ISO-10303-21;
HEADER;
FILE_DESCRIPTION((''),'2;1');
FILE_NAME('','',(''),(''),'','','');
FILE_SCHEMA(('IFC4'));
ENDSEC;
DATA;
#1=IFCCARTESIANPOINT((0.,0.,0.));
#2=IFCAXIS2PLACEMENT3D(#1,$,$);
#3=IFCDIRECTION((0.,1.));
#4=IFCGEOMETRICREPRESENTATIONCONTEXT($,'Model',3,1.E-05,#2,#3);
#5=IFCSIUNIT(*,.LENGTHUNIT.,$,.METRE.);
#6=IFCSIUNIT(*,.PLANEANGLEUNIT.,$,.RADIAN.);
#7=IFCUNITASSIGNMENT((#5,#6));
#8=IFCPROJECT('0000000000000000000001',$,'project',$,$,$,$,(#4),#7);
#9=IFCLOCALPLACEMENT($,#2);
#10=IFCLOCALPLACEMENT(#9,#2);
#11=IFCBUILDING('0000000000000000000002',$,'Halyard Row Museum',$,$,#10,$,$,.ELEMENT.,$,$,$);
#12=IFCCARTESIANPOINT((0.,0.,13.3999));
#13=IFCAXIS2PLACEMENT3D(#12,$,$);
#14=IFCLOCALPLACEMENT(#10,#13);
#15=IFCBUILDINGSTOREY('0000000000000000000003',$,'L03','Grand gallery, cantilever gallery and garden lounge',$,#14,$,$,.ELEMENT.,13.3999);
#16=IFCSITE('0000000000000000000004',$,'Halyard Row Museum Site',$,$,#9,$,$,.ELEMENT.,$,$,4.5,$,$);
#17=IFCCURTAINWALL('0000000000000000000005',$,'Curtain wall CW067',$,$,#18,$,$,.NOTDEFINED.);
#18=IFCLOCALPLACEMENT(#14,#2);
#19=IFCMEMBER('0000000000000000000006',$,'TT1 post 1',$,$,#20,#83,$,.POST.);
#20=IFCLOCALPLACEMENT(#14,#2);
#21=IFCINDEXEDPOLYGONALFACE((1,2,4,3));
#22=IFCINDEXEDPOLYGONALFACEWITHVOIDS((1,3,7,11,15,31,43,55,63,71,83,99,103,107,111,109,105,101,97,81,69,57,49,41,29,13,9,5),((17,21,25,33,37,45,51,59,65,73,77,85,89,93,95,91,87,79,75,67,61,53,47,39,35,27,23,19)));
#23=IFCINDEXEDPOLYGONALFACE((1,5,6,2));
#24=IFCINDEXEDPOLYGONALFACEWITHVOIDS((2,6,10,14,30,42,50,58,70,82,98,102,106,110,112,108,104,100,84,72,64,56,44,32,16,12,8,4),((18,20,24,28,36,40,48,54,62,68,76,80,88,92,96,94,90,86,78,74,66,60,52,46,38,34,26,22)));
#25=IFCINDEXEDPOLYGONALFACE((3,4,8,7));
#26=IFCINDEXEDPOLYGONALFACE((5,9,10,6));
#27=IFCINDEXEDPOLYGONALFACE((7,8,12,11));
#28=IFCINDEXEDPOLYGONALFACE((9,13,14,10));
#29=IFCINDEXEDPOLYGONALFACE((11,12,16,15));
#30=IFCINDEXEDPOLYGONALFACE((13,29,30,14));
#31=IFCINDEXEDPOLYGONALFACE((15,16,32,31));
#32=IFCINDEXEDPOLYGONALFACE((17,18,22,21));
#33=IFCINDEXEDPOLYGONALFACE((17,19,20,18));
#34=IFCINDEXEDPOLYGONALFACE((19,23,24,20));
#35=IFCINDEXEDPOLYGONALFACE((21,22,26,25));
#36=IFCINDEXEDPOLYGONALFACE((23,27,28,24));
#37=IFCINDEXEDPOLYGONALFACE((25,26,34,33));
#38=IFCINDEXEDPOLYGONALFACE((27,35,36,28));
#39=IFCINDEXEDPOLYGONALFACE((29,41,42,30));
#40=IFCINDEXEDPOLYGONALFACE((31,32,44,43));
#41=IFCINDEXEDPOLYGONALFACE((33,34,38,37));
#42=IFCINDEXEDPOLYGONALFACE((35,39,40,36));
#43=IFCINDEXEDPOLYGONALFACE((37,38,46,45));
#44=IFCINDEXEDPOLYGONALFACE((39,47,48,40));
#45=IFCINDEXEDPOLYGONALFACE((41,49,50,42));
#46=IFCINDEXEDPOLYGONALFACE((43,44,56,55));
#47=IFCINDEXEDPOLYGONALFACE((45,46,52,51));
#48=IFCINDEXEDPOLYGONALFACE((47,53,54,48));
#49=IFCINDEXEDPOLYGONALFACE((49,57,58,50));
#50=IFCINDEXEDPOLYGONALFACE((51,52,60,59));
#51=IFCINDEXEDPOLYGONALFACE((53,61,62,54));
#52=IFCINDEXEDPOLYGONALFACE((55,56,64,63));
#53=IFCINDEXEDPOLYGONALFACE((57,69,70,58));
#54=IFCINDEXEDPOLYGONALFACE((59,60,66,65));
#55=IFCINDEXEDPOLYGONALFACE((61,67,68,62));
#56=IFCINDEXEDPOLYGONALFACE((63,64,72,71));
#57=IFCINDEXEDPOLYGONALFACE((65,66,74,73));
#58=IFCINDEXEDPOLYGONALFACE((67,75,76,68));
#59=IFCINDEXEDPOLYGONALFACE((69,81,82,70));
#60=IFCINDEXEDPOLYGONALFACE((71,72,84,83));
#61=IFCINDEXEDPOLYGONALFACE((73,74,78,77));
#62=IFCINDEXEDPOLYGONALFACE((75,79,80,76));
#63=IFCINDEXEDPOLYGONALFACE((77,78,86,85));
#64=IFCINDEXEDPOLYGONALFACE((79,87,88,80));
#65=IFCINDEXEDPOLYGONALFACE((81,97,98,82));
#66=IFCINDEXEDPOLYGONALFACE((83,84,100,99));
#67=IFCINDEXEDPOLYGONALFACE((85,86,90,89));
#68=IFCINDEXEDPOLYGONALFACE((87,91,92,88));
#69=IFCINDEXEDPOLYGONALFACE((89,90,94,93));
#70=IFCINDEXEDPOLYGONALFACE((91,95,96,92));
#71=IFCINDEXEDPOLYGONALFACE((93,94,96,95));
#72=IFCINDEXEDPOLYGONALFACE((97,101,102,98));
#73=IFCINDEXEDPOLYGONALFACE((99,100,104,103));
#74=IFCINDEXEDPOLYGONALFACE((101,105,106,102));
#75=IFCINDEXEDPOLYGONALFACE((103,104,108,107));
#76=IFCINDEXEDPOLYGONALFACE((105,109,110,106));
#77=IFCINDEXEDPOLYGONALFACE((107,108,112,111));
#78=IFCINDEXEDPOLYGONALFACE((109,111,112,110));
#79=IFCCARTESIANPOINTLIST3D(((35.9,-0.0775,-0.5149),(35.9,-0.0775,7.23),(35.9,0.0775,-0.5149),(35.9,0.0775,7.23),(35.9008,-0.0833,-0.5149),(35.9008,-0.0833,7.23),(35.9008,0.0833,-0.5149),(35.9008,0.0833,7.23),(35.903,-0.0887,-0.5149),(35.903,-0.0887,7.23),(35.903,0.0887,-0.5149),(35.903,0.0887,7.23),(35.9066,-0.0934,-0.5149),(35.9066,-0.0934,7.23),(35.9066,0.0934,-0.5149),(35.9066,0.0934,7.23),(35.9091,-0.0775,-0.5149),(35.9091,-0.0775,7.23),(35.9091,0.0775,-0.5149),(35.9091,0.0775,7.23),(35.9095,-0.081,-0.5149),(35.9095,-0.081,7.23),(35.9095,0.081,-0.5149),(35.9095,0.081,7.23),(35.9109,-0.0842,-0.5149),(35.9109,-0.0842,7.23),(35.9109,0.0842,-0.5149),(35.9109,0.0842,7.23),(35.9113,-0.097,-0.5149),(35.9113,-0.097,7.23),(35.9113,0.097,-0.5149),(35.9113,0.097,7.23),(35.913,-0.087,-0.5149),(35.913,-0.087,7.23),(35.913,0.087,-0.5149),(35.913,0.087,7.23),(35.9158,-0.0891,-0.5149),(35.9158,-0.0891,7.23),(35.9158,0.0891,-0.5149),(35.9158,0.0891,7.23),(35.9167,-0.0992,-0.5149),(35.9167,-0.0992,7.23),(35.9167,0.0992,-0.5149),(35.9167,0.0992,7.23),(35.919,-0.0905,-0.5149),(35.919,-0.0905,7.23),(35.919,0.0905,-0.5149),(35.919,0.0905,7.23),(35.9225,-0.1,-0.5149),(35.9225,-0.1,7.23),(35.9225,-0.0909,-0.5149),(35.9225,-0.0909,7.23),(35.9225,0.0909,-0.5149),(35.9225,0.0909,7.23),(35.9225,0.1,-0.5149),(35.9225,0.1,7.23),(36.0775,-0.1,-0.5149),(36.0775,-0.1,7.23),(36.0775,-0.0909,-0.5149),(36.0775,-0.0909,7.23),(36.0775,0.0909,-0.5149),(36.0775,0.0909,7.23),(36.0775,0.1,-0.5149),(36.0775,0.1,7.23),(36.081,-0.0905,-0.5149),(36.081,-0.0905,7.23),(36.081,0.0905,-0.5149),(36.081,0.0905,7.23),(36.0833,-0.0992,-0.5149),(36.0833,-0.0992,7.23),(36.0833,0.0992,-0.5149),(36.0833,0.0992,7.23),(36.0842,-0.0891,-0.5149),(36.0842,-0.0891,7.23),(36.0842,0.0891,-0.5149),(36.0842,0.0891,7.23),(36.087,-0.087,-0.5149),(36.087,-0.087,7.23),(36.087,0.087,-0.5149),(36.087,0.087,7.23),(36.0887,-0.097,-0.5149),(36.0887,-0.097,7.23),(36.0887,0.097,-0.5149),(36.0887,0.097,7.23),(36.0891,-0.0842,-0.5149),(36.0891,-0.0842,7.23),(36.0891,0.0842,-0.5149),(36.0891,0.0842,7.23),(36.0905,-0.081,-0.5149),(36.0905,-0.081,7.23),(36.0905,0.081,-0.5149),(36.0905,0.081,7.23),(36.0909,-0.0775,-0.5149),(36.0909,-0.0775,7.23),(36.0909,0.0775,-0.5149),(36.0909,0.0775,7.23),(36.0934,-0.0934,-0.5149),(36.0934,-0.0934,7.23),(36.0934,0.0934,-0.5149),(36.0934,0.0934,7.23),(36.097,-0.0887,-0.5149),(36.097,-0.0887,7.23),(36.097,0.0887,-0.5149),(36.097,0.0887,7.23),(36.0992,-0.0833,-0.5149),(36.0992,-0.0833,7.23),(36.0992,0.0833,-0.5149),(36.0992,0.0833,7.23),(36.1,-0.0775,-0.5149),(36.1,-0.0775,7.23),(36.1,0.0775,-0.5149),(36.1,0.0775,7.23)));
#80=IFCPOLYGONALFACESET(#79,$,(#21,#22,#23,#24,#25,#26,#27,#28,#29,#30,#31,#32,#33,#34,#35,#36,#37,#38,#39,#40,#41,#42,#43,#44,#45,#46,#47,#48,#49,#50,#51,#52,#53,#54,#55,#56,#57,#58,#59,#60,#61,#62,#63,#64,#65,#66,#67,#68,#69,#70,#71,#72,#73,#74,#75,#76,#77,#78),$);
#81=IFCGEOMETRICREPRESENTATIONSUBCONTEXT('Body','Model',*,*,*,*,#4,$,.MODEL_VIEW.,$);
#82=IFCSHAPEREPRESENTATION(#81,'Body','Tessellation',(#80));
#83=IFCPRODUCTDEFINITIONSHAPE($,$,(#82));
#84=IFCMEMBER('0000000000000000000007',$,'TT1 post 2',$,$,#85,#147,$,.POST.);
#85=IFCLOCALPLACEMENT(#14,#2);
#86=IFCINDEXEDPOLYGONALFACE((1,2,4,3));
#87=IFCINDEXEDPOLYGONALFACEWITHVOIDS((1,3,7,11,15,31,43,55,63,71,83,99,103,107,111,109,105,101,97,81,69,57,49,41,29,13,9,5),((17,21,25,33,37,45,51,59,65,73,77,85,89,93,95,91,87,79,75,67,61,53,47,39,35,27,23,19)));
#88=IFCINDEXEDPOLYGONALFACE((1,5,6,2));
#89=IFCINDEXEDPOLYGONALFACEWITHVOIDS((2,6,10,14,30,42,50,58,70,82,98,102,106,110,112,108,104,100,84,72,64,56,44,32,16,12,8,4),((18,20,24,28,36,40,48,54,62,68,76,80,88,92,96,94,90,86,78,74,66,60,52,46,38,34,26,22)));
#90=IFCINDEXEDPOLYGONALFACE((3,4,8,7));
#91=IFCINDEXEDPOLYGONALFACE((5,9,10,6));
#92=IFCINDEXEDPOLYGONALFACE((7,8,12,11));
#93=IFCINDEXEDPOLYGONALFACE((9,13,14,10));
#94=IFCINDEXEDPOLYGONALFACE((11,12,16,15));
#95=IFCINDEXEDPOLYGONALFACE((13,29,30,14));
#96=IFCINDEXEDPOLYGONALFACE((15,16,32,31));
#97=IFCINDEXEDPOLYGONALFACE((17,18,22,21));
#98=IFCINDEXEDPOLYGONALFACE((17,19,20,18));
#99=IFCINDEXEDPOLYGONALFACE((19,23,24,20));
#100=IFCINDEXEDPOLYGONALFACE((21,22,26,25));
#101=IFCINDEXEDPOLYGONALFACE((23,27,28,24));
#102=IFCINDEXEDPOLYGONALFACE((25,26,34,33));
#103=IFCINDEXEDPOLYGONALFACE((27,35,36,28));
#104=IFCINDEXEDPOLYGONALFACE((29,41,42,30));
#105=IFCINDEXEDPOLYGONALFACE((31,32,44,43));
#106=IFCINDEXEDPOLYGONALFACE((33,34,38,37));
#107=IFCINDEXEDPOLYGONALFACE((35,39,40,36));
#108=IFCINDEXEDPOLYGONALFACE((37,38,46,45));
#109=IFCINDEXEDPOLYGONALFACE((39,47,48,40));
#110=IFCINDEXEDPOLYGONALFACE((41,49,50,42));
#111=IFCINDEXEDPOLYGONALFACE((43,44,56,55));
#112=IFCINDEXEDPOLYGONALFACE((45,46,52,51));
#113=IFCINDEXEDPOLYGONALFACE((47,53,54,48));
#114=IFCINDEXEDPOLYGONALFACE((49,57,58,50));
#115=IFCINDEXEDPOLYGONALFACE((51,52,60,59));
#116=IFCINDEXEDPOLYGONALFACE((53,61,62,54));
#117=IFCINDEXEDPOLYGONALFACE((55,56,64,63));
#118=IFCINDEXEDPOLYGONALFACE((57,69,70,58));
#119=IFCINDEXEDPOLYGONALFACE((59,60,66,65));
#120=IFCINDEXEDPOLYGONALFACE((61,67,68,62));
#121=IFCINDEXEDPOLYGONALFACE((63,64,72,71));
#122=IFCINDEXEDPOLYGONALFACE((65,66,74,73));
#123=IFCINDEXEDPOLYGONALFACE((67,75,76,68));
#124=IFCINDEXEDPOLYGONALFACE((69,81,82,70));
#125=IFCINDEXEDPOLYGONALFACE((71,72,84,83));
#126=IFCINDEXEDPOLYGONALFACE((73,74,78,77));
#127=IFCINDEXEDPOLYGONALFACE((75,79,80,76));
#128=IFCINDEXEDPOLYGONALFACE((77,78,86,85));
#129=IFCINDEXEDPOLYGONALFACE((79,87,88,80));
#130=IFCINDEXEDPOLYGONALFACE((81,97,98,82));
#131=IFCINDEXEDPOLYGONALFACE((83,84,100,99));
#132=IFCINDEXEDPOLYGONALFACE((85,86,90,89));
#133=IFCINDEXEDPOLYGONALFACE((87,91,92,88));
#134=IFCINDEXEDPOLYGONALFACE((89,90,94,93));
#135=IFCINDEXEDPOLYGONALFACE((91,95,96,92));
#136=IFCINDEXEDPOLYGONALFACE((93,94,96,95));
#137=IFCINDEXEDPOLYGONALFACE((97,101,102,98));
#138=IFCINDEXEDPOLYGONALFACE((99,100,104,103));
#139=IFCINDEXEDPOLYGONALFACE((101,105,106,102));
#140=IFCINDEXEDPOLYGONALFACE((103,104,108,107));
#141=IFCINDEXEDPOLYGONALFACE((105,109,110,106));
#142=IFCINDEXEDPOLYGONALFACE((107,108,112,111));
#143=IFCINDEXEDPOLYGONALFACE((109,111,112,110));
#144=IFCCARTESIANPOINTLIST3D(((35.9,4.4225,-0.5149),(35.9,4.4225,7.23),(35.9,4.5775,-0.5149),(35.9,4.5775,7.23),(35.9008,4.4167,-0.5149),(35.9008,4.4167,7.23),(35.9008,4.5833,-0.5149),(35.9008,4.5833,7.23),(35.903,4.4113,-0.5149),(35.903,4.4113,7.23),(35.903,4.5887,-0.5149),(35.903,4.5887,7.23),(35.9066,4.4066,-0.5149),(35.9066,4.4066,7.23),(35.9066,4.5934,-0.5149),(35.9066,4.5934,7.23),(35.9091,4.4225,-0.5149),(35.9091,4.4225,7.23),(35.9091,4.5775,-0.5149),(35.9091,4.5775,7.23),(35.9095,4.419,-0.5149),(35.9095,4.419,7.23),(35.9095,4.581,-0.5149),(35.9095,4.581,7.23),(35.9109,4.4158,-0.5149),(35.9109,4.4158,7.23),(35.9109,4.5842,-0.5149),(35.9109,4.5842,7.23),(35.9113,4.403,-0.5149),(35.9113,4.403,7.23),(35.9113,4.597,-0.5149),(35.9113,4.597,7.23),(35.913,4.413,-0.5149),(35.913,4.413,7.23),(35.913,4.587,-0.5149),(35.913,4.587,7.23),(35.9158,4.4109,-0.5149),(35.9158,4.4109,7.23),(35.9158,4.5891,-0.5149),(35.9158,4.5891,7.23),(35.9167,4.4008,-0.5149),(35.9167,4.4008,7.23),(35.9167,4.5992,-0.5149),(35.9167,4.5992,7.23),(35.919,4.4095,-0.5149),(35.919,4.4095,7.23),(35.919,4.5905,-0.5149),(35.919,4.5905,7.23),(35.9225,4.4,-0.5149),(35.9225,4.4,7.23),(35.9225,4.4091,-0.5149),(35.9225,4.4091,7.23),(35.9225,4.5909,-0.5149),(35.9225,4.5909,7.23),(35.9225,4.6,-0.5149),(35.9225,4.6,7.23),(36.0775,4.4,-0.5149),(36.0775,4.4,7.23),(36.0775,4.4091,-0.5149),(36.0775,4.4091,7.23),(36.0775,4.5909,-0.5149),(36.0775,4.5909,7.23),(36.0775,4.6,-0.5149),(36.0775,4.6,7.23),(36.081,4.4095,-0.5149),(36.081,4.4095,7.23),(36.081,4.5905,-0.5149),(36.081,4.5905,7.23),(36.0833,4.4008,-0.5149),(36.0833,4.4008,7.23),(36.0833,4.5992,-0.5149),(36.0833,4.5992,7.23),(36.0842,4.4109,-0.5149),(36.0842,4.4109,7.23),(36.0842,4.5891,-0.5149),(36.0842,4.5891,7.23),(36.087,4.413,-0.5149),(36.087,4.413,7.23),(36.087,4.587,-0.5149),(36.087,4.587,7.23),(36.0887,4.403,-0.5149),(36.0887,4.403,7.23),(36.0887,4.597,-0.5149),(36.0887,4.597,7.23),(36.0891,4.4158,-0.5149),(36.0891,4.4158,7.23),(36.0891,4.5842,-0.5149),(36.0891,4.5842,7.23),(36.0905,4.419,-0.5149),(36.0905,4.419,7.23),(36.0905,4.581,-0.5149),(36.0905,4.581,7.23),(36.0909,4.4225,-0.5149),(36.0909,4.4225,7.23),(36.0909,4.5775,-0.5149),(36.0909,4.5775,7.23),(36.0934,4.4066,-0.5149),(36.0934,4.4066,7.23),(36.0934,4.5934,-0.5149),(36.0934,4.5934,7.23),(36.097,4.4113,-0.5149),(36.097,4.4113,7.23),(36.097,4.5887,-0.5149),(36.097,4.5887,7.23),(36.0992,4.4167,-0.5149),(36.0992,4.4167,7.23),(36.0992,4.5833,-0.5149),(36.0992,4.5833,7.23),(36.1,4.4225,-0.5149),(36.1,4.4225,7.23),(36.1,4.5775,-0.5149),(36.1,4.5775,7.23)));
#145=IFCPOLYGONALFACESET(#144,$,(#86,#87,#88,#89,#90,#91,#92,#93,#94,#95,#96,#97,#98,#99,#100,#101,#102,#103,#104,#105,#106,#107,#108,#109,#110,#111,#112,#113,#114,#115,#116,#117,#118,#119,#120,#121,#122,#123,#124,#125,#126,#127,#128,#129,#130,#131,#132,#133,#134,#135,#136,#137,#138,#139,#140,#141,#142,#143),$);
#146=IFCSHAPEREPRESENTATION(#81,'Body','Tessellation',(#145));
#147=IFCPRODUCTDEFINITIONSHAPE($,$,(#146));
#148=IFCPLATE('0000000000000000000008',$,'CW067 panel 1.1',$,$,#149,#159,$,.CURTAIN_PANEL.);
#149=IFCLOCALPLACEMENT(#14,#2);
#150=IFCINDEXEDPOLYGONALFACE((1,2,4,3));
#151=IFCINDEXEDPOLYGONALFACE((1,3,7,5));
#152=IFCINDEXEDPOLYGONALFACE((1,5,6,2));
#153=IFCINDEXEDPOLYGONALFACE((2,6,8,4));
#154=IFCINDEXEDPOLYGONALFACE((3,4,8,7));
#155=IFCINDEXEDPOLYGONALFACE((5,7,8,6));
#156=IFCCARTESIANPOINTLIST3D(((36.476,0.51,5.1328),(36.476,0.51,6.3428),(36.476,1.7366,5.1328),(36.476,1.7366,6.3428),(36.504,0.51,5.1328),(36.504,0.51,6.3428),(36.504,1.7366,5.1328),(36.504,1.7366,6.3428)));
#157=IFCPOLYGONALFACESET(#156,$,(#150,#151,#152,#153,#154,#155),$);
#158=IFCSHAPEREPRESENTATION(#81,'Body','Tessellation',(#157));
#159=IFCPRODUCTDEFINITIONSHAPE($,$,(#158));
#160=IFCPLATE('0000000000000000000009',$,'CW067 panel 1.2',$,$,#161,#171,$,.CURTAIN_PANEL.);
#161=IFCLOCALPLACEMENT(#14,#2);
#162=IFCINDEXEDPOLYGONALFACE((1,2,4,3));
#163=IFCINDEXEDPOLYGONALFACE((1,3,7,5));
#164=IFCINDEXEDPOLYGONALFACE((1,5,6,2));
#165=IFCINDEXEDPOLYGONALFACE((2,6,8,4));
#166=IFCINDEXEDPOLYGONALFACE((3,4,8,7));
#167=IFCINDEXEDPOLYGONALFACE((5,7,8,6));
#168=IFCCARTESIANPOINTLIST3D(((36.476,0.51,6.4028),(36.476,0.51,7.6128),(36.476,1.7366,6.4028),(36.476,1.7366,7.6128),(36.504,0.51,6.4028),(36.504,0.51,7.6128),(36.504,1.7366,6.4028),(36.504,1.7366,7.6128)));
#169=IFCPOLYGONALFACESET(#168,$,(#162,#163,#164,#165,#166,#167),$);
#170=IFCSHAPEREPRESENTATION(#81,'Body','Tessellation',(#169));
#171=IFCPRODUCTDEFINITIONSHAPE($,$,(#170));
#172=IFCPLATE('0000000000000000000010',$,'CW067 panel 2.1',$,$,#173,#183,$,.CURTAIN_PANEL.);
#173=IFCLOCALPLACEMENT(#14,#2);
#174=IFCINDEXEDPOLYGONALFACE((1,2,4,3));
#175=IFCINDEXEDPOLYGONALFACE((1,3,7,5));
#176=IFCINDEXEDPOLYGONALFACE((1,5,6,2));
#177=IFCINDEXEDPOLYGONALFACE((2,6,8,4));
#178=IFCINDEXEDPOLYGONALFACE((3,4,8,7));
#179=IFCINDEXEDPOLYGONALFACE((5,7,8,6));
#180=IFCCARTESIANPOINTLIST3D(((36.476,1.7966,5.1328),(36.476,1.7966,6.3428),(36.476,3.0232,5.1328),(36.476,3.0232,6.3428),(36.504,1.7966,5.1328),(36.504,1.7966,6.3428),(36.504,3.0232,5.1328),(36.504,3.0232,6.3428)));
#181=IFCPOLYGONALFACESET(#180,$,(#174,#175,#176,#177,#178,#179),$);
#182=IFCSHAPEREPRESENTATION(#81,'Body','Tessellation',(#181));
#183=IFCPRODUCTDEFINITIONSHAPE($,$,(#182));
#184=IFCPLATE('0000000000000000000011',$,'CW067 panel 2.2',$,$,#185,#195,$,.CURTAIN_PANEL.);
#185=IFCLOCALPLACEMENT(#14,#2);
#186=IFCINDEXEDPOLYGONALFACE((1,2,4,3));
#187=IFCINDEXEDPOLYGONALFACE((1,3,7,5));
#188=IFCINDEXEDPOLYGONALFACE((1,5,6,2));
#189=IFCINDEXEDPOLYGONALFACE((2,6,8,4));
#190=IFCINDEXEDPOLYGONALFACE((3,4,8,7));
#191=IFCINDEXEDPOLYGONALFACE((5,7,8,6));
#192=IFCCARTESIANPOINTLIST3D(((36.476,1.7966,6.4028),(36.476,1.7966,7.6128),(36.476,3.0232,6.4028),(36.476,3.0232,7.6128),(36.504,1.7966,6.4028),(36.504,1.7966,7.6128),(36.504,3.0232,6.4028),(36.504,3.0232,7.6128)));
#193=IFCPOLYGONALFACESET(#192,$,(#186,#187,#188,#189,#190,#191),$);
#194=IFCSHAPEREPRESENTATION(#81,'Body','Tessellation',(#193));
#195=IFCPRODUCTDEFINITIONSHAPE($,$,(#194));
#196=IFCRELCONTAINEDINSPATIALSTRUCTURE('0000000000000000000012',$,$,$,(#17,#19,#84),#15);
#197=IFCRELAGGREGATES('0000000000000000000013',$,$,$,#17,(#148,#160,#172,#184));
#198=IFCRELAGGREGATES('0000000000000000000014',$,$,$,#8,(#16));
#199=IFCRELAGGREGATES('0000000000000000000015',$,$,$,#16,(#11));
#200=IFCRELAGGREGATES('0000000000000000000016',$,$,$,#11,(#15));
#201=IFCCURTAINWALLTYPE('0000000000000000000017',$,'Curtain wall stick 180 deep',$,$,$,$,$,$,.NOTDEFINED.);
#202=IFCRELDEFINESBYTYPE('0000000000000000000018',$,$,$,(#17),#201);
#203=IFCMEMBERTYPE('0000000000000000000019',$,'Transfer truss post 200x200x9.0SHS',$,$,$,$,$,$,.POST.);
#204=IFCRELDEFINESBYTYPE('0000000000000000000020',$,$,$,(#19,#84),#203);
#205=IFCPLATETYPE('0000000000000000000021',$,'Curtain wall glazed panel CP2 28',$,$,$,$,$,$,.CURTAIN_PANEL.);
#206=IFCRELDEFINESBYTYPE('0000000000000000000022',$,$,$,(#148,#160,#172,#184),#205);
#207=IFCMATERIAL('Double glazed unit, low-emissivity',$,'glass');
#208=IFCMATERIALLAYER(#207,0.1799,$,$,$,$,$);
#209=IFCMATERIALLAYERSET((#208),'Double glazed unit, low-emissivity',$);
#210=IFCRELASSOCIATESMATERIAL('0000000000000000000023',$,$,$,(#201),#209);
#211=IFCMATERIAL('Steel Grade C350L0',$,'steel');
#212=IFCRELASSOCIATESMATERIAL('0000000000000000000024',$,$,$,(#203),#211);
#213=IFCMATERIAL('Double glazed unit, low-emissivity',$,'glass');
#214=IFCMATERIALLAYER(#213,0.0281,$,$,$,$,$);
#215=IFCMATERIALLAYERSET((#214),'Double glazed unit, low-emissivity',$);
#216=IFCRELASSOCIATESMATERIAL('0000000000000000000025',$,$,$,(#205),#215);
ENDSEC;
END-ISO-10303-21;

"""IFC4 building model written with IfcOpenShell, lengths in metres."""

from ifc_helpers import new_model, si_unit, direction, frame, origin, origin_2d, place, context, subcontext, project, spatial, rectangle, hollow_rectangle, extrude, material, layer, layer_set, material_profile, profile_set, type_object, element, aggregate, save


model = new_model("IFC4")

# Units and contexts
model_context = context("Model", 3, precision=1e-05, world=origin(), true_north=direction((0.0, 1.0)))
body_context = subcontext(model_context, "Body", "Model", "MODEL_VIEW")
ifc_project = project(units=[si_unit("LENGTHUNIT", "METRE"), si_unit("PLANEANGLEUNIT", "RADIAN")], contexts=[model_context])

# Site, building, storey
site_placement = place(None, origin())
site = spatial("IfcSite", under=ifc_project, at=site_placement, Name="Halyard Row Museum Site", CompositionType="ELEMENT", RefElevation=4.5)
building_placement = place(site_placement, origin())
building = spatial("IfcBuilding", under=site, at=building_placement, Name="Halyard Row Museum", CompositionType="ELEMENT")
storey_placement = place(building_placement, frame((0.0, 0.0, 13.3999)))
storey = spatial("IfcBuildingStorey", under=building, at=storey_placement, Name="L03", Description="Grand gallery, cantilever gallery and garden lounge", CompositionType="ELEMENT", Elevation=13.3999)

# Curtain wall
ifc_material_1 = material(Name="Double glazed unit, low-emissivity", Category="glass")
ifc_layer_1 = layer(ifc_material_1, 0.1799)
ifc_layer_set_1 = layer_set([ifc_layer_1], Name="Double glazed unit, low-emissivity")
curtain_wall_type = type_object("IfcCurtainWallType", Name="Curtain wall stick 180 deep", PredefinedType="NOTDEFINED", material=ifc_layer_set_1)
curtain_wall_1_placement = place(storey_placement, origin())
curtain_wall_1 = element("IfcCurtainWall", 1, at=curtain_wall_1_placement, inside=storey, type_object=curtain_wall_type, Name="Curtain wall CW067", PredefinedType="NOTDEFINED")

# Members
ifc_material_2 = material(Name="Steel Grade C350L0", Category="steel")
ifc_material_profile_1 = material_profile(ifc_material_2, hollow_rectangle(XDim=0.2, YDim=0.2, WallThickness=0.009, InnerFilletRadius=0.0134, OuterFilletRadius=0.0225, at=origin_2d()), Name="200x200x9.0SHS")
ifc_profile_set_1 = profile_set([ifc_material_profile_1], Name="Steel Grade C350L0")
member_type_1 = type_object("IfcMemberType", Name="Transfer truss post 200x200x9.0SHS", PredefinedType="POST", material=ifc_profile_set_1)
for number, where, z_axis, x_axis, name in (
    (2, (36.0, 0.0, -0.5149), (0.0, 0.0, 1.0), (1.0, 0.0, 0.0), "TT1 post 1"),
    (3, (36.0, 4.5, -0.5149), (0.0, 0.0, 1.0), (1.0, 0.0, 0.0), "TT1 post 2"),
):
    element("IfcMember", number, at=place(storey_placement, frame(where, z_axis=z_axis, x_axis=x_axis)), inside=storey, type_object=member_type_1, Name=name, PredefinedType="POST", context=body_context, shape_type="SweptSolid", body=[
        extrude(hollow_rectangle(XDim=0.2, YDim=0.2, WallThickness=0.009, InnerFilletRadius=0.0134, OuterFilletRadius=0.0225, at=origin_2d()), origin(), (0.0, 0.0, 1.0), 7.7449),
    ])

# Plates
ifc_material_3 = material(Name="Double glazed unit, low-emissivity", Category="glass")
ifc_layer_2 = layer(ifc_material_3, 0.0281)
ifc_layer_set_2 = layer_set([ifc_layer_2], Name="Double glazed unit, low-emissivity")
plate_type = type_object("IfcPlateType", Name="Curtain wall glazed panel CP2 28", PredefinedType="CURTAIN_PANEL", material=ifc_layer_set_2)
plate_1_placement = place(storey_placement, frame((36.49, 1.1233, 5.1328), z_axis=(0.0, 0.0, 1.0), x_axis=(0.0, 1.0, 0.0)))
plate_1 = element("IfcPlate", 4, at=plate_1_placement, type_object=plate_type, Name="CW067 panel 1.1", PredefinedType="CURTAIN_PANEL", context=body_context, shape_type="SweptSolid", body=[
    extrude(rectangle(XDim=1.2266, YDim=0.0281, at=origin_2d()), origin(), (0.0, 0.0, 1.0), 1.21),
])
plate_2_placement = place(storey_placement, frame((36.49, 1.1233, 6.4028), z_axis=(0.0, 0.0, 1.0), x_axis=(0.0, 1.0, 0.0)))
plate_2 = element("IfcPlate", 5, at=plate_2_placement, type_object=plate_type, Name="CW067 panel 1.2", PredefinedType="CURTAIN_PANEL", context=body_context, shape_type="SweptSolid", body=[
    extrude(rectangle(XDim=1.2266, YDim=0.0281, at=origin_2d()), origin(), (0.0, 0.0, 1.0), 1.21),
])
plate_3_placement = place(storey_placement, frame((36.49, 2.4099, 5.1328), z_axis=(0.0, 0.0, 1.0), x_axis=(0.0, 1.0, 0.0)))
plate_3 = element("IfcPlate", 6, at=plate_3_placement, type_object=plate_type, Name="CW067 panel 2.1", PredefinedType="CURTAIN_PANEL", context=body_context, shape_type="SweptSolid", body=[
    extrude(rectangle(XDim=1.2266, YDim=0.0281, at=origin_2d()), origin(), (0.0, 0.0, 1.0), 1.21),
])
plate_4_placement = place(storey_placement, frame((36.49, 2.4099, 6.4028), z_axis=(0.0, 0.0, 1.0), x_axis=(0.0, 1.0, 0.0)))
plate_4 = element("IfcPlate", 7, at=plate_4_placement, type_object=plate_type, Name="CW067 panel 2.2", PredefinedType="CURTAIN_PANEL", context=body_context, shape_type="SweptSolid", body=[
    extrude(rectangle(XDim=1.2266, YDim=0.0281, at=origin_2d()), origin(), (0.0, 0.0, 1.0), 1.21),
])
aggregate(curtain_wall_1, [plate_1, plate_2, plate_3, plate_4])

save(model, "model.ifc")
